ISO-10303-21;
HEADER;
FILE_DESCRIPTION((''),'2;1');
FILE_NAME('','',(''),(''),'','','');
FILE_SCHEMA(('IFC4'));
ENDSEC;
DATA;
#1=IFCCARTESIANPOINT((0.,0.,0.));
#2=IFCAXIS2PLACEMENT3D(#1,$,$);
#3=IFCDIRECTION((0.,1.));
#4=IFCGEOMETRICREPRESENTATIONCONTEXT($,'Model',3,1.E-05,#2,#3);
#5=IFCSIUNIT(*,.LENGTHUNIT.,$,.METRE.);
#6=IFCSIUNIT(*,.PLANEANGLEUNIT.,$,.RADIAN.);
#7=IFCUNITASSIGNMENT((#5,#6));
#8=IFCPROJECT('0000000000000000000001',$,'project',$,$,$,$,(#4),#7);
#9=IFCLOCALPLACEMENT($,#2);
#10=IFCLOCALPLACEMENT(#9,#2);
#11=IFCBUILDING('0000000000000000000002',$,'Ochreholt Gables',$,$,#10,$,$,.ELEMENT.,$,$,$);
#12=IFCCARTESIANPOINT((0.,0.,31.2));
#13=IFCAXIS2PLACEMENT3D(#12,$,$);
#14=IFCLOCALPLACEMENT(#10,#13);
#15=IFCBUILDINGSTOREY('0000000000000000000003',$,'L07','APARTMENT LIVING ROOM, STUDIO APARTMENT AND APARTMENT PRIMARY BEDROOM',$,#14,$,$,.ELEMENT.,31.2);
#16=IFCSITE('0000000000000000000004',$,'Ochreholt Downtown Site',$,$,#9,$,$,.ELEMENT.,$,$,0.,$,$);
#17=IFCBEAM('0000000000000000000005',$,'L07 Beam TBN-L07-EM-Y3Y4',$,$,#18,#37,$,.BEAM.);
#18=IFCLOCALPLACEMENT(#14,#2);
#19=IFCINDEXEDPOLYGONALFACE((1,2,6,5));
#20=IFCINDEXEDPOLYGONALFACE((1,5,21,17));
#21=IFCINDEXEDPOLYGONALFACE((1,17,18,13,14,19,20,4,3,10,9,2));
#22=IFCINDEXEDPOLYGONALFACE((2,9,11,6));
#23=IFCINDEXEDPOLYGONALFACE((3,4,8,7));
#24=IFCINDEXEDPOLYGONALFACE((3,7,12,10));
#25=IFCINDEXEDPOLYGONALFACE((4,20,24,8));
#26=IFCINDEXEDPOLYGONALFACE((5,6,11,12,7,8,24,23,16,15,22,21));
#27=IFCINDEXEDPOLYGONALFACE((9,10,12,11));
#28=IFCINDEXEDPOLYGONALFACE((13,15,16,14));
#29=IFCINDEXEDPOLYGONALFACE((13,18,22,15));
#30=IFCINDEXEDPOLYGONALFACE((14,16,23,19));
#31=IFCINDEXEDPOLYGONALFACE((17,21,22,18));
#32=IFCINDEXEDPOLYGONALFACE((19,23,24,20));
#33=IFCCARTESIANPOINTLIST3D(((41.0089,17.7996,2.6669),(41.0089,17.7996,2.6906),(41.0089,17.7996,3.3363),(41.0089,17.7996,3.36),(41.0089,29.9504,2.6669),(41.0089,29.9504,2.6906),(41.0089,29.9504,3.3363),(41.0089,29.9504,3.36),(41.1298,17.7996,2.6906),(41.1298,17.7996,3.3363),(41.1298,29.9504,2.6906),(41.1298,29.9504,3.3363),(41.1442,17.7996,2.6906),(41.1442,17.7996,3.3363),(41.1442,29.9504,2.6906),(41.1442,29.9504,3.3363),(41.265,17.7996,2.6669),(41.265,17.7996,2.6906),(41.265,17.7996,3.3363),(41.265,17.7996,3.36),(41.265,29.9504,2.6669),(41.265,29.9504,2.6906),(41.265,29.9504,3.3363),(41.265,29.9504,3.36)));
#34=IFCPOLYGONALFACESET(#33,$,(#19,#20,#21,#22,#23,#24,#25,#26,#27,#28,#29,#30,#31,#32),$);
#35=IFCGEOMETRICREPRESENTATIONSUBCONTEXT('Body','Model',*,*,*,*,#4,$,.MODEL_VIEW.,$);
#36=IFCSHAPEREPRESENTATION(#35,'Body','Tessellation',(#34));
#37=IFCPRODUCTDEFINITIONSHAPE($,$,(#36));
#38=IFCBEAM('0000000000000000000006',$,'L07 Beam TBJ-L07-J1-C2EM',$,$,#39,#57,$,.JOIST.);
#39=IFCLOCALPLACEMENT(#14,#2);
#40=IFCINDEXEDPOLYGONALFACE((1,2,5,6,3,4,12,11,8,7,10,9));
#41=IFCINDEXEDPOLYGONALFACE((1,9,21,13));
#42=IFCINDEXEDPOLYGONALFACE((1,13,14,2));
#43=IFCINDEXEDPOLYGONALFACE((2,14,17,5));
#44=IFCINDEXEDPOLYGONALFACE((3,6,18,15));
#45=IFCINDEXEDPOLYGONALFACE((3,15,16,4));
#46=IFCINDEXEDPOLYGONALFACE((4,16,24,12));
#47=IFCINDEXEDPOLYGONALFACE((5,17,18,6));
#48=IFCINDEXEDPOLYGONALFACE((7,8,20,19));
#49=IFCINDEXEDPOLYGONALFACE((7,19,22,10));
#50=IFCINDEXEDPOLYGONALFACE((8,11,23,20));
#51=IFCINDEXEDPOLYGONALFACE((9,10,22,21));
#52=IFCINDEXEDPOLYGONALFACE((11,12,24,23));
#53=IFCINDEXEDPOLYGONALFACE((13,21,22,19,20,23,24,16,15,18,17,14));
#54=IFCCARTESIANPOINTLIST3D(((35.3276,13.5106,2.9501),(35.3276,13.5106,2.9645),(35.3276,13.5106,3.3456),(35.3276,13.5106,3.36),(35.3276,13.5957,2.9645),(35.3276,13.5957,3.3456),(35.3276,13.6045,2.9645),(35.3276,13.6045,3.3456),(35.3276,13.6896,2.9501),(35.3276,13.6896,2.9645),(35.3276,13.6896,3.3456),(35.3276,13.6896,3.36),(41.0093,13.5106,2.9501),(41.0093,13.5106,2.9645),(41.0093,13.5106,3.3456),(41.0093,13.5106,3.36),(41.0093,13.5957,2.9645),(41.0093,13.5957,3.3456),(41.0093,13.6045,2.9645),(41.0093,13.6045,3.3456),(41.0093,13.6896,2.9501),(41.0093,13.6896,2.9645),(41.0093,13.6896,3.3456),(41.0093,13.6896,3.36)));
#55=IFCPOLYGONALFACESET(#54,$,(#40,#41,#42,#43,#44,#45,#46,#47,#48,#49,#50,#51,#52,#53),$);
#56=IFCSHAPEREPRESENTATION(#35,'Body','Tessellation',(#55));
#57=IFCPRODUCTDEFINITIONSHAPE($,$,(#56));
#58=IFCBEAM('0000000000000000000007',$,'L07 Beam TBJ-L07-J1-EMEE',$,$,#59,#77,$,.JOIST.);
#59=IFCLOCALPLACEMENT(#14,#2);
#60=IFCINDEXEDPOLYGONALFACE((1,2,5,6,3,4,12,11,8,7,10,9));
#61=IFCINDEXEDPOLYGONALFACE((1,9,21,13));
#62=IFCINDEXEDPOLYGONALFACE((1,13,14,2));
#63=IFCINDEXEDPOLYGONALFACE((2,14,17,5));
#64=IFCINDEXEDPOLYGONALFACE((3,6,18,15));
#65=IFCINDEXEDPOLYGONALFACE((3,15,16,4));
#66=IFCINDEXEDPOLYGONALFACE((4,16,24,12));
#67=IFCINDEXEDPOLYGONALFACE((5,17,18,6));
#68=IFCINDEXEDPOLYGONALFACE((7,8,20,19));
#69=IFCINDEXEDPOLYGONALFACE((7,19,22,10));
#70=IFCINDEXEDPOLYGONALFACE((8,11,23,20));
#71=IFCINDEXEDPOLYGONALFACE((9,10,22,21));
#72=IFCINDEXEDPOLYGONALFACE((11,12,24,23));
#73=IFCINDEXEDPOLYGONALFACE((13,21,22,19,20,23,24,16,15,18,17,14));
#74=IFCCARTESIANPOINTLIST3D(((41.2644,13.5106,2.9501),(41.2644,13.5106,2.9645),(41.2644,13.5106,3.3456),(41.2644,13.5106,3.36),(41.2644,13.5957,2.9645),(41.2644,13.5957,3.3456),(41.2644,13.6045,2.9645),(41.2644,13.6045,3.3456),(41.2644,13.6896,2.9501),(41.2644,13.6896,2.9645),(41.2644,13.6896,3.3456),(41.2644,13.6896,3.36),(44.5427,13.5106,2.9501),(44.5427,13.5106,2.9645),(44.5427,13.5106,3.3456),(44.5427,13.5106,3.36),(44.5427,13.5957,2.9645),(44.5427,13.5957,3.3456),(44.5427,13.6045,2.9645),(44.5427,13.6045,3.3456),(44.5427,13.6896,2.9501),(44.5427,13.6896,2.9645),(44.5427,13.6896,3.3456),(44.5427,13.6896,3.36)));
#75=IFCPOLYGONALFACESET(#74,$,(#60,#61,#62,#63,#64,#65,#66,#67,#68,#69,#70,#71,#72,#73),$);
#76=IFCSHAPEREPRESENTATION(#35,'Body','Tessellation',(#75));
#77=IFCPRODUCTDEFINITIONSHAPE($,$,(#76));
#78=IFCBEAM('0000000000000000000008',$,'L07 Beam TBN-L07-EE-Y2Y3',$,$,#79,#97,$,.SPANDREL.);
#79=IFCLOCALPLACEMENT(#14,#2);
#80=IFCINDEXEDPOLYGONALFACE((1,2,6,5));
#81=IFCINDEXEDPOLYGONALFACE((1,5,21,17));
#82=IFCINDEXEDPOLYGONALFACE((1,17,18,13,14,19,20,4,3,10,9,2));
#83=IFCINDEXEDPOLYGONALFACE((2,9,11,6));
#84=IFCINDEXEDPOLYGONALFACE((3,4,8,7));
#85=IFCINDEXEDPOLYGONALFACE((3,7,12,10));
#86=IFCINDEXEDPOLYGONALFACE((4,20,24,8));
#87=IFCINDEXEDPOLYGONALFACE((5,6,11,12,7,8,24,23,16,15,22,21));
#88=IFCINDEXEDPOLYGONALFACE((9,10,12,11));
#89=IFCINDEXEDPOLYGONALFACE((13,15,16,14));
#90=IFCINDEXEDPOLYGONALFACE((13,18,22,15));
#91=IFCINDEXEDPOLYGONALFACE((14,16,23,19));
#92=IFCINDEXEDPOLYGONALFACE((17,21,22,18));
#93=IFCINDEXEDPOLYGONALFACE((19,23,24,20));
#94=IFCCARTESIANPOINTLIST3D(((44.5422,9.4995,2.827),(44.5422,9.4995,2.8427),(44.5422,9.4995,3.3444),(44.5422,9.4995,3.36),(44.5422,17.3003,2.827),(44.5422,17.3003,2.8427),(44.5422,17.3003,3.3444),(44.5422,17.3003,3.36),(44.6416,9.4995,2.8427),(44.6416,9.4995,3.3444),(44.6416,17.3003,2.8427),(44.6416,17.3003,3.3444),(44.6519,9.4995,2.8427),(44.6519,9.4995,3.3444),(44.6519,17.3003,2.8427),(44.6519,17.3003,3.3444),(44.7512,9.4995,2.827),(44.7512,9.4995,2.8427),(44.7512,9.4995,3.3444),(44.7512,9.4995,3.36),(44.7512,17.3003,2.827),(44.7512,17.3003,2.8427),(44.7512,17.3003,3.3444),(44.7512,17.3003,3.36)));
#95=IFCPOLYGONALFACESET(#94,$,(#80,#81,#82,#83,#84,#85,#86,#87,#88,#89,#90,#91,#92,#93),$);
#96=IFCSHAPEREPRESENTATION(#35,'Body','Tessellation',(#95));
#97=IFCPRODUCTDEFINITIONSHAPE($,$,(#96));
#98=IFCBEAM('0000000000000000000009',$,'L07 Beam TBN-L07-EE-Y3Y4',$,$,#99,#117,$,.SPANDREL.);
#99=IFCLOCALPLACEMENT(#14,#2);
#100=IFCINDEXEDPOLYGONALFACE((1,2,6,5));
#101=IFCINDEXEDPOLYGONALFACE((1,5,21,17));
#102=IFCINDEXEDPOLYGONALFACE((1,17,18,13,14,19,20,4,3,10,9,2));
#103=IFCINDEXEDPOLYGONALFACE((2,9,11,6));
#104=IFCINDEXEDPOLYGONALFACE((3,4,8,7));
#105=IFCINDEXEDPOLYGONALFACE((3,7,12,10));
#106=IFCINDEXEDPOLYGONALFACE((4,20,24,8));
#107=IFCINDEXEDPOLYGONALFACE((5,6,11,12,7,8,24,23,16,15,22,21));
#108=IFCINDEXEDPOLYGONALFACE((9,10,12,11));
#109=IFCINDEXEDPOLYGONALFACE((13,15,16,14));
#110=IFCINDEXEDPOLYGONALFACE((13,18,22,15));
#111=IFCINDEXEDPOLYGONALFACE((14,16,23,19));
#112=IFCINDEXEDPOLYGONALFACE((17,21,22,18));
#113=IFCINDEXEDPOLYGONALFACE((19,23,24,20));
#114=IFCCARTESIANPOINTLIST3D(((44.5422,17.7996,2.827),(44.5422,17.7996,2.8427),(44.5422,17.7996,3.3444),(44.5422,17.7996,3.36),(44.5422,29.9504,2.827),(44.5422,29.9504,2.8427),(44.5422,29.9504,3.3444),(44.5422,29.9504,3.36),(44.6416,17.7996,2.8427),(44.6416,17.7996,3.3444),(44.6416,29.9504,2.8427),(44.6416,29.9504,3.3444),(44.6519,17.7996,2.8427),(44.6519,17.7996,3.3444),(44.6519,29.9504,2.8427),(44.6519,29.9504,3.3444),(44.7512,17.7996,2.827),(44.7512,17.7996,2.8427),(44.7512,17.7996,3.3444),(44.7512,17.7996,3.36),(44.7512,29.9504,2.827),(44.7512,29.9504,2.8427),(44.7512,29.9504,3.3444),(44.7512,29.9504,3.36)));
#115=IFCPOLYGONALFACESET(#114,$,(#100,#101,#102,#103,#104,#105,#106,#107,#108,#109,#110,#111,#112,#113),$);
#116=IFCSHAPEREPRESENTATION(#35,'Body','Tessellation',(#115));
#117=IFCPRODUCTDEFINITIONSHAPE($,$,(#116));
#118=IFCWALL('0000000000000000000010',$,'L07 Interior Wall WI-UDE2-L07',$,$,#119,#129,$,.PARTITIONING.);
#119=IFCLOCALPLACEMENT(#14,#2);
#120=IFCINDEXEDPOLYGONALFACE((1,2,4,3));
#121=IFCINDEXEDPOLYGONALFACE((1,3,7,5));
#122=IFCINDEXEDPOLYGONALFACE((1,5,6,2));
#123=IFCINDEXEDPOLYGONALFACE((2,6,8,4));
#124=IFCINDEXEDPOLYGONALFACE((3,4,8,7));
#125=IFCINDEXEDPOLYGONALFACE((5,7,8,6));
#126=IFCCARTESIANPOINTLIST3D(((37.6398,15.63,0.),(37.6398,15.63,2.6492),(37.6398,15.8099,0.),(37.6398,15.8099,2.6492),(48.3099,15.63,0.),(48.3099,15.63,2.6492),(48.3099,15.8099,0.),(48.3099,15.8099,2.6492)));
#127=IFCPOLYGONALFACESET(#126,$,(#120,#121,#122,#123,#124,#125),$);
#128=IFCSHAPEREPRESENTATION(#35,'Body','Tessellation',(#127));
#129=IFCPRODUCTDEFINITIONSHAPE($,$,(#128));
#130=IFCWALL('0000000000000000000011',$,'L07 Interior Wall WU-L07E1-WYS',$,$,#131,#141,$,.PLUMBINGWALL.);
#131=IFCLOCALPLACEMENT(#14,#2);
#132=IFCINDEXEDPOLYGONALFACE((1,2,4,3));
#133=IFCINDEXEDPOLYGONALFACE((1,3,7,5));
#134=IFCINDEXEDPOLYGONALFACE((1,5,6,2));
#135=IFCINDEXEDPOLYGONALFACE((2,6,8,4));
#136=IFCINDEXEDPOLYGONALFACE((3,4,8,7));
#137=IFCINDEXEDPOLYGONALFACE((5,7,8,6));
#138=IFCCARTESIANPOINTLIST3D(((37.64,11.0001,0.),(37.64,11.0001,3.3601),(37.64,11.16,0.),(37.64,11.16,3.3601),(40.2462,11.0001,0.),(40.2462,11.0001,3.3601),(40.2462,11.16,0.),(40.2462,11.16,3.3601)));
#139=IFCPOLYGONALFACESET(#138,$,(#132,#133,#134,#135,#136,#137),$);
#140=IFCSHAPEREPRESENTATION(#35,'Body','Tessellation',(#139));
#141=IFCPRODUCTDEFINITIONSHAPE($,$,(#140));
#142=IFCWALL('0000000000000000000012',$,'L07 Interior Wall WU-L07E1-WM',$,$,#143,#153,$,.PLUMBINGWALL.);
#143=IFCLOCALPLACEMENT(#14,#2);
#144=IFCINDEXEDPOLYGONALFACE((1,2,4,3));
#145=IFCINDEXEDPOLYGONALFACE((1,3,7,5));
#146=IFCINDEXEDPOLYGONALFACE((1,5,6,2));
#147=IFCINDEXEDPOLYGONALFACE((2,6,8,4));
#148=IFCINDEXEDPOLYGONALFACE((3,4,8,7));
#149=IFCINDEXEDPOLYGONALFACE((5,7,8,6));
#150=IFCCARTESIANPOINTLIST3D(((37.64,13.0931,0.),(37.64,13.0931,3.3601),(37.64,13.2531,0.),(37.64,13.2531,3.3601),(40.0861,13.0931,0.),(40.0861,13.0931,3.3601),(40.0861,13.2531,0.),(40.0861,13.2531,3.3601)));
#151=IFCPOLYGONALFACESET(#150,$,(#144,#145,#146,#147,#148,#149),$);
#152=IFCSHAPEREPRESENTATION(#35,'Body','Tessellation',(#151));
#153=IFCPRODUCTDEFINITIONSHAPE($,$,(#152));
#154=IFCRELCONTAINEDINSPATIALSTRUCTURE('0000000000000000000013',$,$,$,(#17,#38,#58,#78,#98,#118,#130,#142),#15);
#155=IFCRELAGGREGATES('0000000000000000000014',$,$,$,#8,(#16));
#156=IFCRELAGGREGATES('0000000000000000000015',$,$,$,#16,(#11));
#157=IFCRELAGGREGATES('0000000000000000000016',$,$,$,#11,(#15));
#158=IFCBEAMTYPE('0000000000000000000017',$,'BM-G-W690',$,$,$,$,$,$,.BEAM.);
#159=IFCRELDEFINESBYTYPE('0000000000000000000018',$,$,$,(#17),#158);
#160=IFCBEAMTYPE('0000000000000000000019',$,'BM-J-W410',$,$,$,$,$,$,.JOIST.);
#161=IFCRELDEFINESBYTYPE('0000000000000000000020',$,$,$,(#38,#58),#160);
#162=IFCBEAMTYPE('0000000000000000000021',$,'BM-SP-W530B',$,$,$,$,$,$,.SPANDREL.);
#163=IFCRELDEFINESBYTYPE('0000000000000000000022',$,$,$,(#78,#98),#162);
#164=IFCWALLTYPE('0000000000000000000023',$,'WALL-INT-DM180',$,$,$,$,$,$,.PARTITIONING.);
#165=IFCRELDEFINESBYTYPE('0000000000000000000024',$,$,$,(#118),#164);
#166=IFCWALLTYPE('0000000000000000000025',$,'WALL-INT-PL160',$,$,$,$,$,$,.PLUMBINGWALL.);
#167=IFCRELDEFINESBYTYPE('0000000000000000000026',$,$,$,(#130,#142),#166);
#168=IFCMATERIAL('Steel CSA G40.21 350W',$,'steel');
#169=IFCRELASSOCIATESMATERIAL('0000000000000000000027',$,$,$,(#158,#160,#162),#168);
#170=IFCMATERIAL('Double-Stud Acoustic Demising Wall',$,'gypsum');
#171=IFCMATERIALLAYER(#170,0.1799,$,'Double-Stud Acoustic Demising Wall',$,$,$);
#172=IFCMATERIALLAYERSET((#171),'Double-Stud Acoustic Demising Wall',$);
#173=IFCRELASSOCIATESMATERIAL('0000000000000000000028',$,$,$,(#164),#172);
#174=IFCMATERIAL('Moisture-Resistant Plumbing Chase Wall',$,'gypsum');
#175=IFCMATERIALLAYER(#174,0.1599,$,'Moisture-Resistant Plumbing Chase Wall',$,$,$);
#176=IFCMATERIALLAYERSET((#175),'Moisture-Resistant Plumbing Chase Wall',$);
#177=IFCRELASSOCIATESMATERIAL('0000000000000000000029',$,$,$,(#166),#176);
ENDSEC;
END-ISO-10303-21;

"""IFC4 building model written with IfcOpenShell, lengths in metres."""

from ifc_helpers import new_model, si_unit, direction, frame, frame_2d, origin, origin_2d, place, context, subcontext, project, spatial, rectangle, i_section, extrude, material, layer, layer_set, material_profile, profile_set, type_object, element, save


model = new_model("IFC4")

# Units and contexts
model_context = context("Model", 3, precision=1e-05, world=origin(), true_north=direction((0.0, 1.0)))
body_context = subcontext(model_context, "Body", "Model", "MODEL_VIEW")
ifc_project = project(units=[si_unit("LENGTHUNIT", "METRE"), si_unit("PLANEANGLEUNIT", "RADIAN")], contexts=[model_context])

# Site, building, storey
site_placement = place(None, origin())
site = spatial("IfcSite", under=ifc_project, at=site_placement, Name="Ochreholt Downtown Site", CompositionType="ELEMENT", RefElevation=0.0)
building_placement = place(site_placement, origin())
building = spatial("IfcBuilding", under=site, at=building_placement, Name="Ochreholt Gables", CompositionType="ELEMENT")
storey_placement = place(building_placement, frame((0.0, 0.0, 31.2)))
storey = spatial("IfcBuildingStorey", under=building, at=storey_placement, Name="L07", Description="APARTMENT LIVING ROOM, STUDIO APARTMENT AND APARTMENT PRIMARY BEDROOM", CompositionType="ELEMENT", Elevation=31.2)

# Shared definitions
ifc_material_1 = material(Name="Steel CSA G40.21 350W", Category="steel")

# Beams
ifc_material_profile_1 = material_profile(ifc_material_1, i_section(OverallWidth=0.2561, OverallDepth=0.6931, WebThickness=0.0144, FlangeThickness=0.0237, at=origin_2d()), Name="W690X170")
ifc_profile_set_1 = profile_set([ifc_material_profile_1], Name="Steel CSA G40.21 350W")
beam_type_1 = type_object("IfcBeamType", Name="BM-G-W690", PredefinedType="BEAM", material=ifc_profile_set_1)
beam_1_placement = place(storey_placement, frame((41.137, 17.7996, 3.0134), z_axis=(0.0, 1.0, 0.0), x_axis=(-1.0, 0.0, 0.0)))
element("IfcBeam", 1, at=beam_1_placement, inside=storey, type_object=beam_type_1, Name="L07 Beam TBN-L07-EM-Y3Y4", PredefinedType="BEAM", context=body_context, shape_type="SweptSolid", body=[
    extrude(i_section(OverallWidth=0.2561, OverallDepth=0.6931, WebThickness=0.0144, FlangeThickness=0.0237, at=origin_2d()), origin(), (0.0, 0.0, 1.0), 12.1509),
])
ifc_material_profile_2 = material_profile(ifc_material_1, i_section(OverallWidth=0.179, OverallDepth=0.4099, WebThickness=0.0088, FlangeThickness=0.0144, at=origin_2d()), Name="W410X67")
ifc_profile_set_2 = profile_set([ifc_material_profile_2], Name="Steel CSA G40.21 350W")
beam_type_2 = type_object("IfcBeamType", Name="BM-J-W410", PredefinedType="JOIST", material=ifc_profile_set_2)
beam_2_placement = place(storey_placement, frame((35.3276, 13.6001, 3.155), z_axis=(1.0, 0.0, 0.0), x_axis=(0.0, 1.0, 0.0)))
element("IfcBeam", 2, at=beam_2_placement, inside=storey, type_object=beam_type_2, Name="L07 Beam TBJ-L07-J1-C2EM", PredefinedType="JOIST", context=body_context, shape_type="SweptSolid", body=[
    extrude(i_section(OverallWidth=0.179, OverallDepth=0.4099, WebThickness=0.0088, FlangeThickness=0.0144, at=origin_2d()), origin(), (0.0, 0.0, 1.0), 5.6816),
])
beam_3_placement = place(storey_placement, frame((41.2644, 13.6001, 3.155), z_axis=(1.0, 0.0, 0.0), x_axis=(0.0, 1.0, 0.0)))
element("IfcBeam", 3, at=beam_3_placement, inside=storey, type_object=beam_type_2, Name="L07 Beam TBJ-L07-J1-EMEE", PredefinedType="JOIST", context=body_context, shape_type="SweptSolid", body=[
    extrude(i_section(OverallWidth=0.179, OverallDepth=0.4099, WebThickness=0.0088, FlangeThickness=0.0144, at=origin_2d()), origin(), (0.0, 0.0, 1.0), 3.2783),
])
ifc_material_profile_3 = material_profile(ifc_material_1, i_section(OverallWidth=0.209, OverallDepth=0.533, WebThickness=0.0103, FlangeThickness=0.0156, at=origin_2d()), Name="W530X92")
ifc_profile_set_3 = profile_set([ifc_material_profile_3], Name="Steel CSA G40.21 350W")
beam_type_3 = type_object("IfcBeamType", Name="BM-SP-W530B", PredefinedType="SPANDREL", material=ifc_profile_set_3)
beam_4_placement = place(storey_placement, frame((44.6467, 9.4995, 3.0935), z_axis=(0.0, 1.0, 0.0), x_axis=(-1.0, 0.0, 0.0)))
element("IfcBeam", 4, at=beam_4_placement, inside=storey, type_object=beam_type_3, Name="L07 Beam TBN-L07-EE-Y2Y3", PredefinedType="SPANDREL", context=body_context, shape_type="SweptSolid", body=[
    extrude(i_section(OverallWidth=0.209, OverallDepth=0.533, WebThickness=0.0103, FlangeThickness=0.0156, at=origin_2d()), origin(), (0.0, 0.0, 1.0), 7.8008),
])
beam_5_placement = place(storey_placement, frame((44.6467, 17.7996, 3.0935), z_axis=(0.0, 1.0, 0.0), x_axis=(-1.0, 0.0, 0.0)))
element("IfcBeam", 5, at=beam_5_placement, inside=storey, type_object=beam_type_3, Name="L07 Beam TBN-L07-EE-Y3Y4", PredefinedType="SPANDREL", context=body_context, shape_type="SweptSolid", body=[
    extrude(i_section(OverallWidth=0.209, OverallDepth=0.533, WebThickness=0.0103, FlangeThickness=0.0156, at=origin_2d()), origin(), (0.0, 0.0, 1.0), 12.1509),
])

# Walls
ifc_material_2 = material(Name="Double-Stud Acoustic Demising Wall", Category="gypsum")
ifc_layer_1 = layer(ifc_material_2, 0.1799, Name="Double-Stud Acoustic Demising Wall")
ifc_layer_set_1 = layer_set([ifc_layer_1], Name="Double-Stud Acoustic Demising Wall")
wall_type_1 = type_object("IfcWallType", Name="WALL-INT-DM180", PredefinedType="PARTITIONING", material=ifc_layer_set_1)
wall_1_placement = place(storey_placement, frame((37.6399, 15.72, 0.0), z_axis=(0.0, 0.0, 1.0), x_axis=(1.0, 0.0, 0.0)))
element("IfcWall", 6, at=wall_1_placement, inside=storey, type_object=wall_type_1, Name="L07 Interior Wall WI-UDE2-L07", PredefinedType="PARTITIONING", context=body_context, shape_type="SweptSolid", body=[
    extrude(rectangle(XDim=10.6702, YDim=0.1799, at=frame_2d((5.335, 0.0))), origin(), (0.0, 0.0, 1.0), 2.6492),
])
ifc_material_3 = material(Name="Moisture-Resistant Plumbing Chase Wall", Category="gypsum")
ifc_layer_2 = layer(ifc_material_3, 0.1599, Name="Moisture-Resistant Plumbing Chase Wall")
ifc_layer_set_2 = layer_set([ifc_layer_2], Name="Moisture-Resistant Plumbing Chase Wall")
wall_type_2 = type_object("IfcWallType", Name="WALL-INT-PL160", PredefinedType="PLUMBINGWALL", material=ifc_layer_set_2)
wall_2_placement = place(storey_placement, frame((37.6399, 11.0801, 0.0), z_axis=(0.0, 0.0, 1.0), x_axis=(1.0, 0.0, 0.0)))
element("IfcWall", 7, at=wall_2_placement, inside=storey, type_object=wall_type_2, Name="L07 Interior Wall WU-L07E1-WYS", PredefinedType="PLUMBINGWALL", context=body_context, shape_type="SweptSolid", body=[
    extrude(rectangle(XDim=2.6062, YDim=0.1599, at=frame_2d((1.3032, 0.0))), origin(), (0.0, 0.0, 1.0), 3.3601),
])

# Wall
wall_3_placement = place(storey_placement, frame((37.6399, 13.1731, 0.0), z_axis=(0.0, 0.0, 1.0), x_axis=(1.0, 0.0, 0.0)))
element("IfcWall", 8, at=wall_3_placement, inside=storey, type_object=wall_type_2, Name="L07 Interior Wall WU-L07E1-WM", PredefinedType="PLUMBINGWALL", context=body_context, shape_type="SweptSolid", body=[
    extrude(rectangle(XDim=2.446, YDim=0.1599, at=frame_2d((1.2231, 0.0))), origin(), (0.0, 0.0, 1.0), 3.3601),
])

save(model, "model.ifc")
